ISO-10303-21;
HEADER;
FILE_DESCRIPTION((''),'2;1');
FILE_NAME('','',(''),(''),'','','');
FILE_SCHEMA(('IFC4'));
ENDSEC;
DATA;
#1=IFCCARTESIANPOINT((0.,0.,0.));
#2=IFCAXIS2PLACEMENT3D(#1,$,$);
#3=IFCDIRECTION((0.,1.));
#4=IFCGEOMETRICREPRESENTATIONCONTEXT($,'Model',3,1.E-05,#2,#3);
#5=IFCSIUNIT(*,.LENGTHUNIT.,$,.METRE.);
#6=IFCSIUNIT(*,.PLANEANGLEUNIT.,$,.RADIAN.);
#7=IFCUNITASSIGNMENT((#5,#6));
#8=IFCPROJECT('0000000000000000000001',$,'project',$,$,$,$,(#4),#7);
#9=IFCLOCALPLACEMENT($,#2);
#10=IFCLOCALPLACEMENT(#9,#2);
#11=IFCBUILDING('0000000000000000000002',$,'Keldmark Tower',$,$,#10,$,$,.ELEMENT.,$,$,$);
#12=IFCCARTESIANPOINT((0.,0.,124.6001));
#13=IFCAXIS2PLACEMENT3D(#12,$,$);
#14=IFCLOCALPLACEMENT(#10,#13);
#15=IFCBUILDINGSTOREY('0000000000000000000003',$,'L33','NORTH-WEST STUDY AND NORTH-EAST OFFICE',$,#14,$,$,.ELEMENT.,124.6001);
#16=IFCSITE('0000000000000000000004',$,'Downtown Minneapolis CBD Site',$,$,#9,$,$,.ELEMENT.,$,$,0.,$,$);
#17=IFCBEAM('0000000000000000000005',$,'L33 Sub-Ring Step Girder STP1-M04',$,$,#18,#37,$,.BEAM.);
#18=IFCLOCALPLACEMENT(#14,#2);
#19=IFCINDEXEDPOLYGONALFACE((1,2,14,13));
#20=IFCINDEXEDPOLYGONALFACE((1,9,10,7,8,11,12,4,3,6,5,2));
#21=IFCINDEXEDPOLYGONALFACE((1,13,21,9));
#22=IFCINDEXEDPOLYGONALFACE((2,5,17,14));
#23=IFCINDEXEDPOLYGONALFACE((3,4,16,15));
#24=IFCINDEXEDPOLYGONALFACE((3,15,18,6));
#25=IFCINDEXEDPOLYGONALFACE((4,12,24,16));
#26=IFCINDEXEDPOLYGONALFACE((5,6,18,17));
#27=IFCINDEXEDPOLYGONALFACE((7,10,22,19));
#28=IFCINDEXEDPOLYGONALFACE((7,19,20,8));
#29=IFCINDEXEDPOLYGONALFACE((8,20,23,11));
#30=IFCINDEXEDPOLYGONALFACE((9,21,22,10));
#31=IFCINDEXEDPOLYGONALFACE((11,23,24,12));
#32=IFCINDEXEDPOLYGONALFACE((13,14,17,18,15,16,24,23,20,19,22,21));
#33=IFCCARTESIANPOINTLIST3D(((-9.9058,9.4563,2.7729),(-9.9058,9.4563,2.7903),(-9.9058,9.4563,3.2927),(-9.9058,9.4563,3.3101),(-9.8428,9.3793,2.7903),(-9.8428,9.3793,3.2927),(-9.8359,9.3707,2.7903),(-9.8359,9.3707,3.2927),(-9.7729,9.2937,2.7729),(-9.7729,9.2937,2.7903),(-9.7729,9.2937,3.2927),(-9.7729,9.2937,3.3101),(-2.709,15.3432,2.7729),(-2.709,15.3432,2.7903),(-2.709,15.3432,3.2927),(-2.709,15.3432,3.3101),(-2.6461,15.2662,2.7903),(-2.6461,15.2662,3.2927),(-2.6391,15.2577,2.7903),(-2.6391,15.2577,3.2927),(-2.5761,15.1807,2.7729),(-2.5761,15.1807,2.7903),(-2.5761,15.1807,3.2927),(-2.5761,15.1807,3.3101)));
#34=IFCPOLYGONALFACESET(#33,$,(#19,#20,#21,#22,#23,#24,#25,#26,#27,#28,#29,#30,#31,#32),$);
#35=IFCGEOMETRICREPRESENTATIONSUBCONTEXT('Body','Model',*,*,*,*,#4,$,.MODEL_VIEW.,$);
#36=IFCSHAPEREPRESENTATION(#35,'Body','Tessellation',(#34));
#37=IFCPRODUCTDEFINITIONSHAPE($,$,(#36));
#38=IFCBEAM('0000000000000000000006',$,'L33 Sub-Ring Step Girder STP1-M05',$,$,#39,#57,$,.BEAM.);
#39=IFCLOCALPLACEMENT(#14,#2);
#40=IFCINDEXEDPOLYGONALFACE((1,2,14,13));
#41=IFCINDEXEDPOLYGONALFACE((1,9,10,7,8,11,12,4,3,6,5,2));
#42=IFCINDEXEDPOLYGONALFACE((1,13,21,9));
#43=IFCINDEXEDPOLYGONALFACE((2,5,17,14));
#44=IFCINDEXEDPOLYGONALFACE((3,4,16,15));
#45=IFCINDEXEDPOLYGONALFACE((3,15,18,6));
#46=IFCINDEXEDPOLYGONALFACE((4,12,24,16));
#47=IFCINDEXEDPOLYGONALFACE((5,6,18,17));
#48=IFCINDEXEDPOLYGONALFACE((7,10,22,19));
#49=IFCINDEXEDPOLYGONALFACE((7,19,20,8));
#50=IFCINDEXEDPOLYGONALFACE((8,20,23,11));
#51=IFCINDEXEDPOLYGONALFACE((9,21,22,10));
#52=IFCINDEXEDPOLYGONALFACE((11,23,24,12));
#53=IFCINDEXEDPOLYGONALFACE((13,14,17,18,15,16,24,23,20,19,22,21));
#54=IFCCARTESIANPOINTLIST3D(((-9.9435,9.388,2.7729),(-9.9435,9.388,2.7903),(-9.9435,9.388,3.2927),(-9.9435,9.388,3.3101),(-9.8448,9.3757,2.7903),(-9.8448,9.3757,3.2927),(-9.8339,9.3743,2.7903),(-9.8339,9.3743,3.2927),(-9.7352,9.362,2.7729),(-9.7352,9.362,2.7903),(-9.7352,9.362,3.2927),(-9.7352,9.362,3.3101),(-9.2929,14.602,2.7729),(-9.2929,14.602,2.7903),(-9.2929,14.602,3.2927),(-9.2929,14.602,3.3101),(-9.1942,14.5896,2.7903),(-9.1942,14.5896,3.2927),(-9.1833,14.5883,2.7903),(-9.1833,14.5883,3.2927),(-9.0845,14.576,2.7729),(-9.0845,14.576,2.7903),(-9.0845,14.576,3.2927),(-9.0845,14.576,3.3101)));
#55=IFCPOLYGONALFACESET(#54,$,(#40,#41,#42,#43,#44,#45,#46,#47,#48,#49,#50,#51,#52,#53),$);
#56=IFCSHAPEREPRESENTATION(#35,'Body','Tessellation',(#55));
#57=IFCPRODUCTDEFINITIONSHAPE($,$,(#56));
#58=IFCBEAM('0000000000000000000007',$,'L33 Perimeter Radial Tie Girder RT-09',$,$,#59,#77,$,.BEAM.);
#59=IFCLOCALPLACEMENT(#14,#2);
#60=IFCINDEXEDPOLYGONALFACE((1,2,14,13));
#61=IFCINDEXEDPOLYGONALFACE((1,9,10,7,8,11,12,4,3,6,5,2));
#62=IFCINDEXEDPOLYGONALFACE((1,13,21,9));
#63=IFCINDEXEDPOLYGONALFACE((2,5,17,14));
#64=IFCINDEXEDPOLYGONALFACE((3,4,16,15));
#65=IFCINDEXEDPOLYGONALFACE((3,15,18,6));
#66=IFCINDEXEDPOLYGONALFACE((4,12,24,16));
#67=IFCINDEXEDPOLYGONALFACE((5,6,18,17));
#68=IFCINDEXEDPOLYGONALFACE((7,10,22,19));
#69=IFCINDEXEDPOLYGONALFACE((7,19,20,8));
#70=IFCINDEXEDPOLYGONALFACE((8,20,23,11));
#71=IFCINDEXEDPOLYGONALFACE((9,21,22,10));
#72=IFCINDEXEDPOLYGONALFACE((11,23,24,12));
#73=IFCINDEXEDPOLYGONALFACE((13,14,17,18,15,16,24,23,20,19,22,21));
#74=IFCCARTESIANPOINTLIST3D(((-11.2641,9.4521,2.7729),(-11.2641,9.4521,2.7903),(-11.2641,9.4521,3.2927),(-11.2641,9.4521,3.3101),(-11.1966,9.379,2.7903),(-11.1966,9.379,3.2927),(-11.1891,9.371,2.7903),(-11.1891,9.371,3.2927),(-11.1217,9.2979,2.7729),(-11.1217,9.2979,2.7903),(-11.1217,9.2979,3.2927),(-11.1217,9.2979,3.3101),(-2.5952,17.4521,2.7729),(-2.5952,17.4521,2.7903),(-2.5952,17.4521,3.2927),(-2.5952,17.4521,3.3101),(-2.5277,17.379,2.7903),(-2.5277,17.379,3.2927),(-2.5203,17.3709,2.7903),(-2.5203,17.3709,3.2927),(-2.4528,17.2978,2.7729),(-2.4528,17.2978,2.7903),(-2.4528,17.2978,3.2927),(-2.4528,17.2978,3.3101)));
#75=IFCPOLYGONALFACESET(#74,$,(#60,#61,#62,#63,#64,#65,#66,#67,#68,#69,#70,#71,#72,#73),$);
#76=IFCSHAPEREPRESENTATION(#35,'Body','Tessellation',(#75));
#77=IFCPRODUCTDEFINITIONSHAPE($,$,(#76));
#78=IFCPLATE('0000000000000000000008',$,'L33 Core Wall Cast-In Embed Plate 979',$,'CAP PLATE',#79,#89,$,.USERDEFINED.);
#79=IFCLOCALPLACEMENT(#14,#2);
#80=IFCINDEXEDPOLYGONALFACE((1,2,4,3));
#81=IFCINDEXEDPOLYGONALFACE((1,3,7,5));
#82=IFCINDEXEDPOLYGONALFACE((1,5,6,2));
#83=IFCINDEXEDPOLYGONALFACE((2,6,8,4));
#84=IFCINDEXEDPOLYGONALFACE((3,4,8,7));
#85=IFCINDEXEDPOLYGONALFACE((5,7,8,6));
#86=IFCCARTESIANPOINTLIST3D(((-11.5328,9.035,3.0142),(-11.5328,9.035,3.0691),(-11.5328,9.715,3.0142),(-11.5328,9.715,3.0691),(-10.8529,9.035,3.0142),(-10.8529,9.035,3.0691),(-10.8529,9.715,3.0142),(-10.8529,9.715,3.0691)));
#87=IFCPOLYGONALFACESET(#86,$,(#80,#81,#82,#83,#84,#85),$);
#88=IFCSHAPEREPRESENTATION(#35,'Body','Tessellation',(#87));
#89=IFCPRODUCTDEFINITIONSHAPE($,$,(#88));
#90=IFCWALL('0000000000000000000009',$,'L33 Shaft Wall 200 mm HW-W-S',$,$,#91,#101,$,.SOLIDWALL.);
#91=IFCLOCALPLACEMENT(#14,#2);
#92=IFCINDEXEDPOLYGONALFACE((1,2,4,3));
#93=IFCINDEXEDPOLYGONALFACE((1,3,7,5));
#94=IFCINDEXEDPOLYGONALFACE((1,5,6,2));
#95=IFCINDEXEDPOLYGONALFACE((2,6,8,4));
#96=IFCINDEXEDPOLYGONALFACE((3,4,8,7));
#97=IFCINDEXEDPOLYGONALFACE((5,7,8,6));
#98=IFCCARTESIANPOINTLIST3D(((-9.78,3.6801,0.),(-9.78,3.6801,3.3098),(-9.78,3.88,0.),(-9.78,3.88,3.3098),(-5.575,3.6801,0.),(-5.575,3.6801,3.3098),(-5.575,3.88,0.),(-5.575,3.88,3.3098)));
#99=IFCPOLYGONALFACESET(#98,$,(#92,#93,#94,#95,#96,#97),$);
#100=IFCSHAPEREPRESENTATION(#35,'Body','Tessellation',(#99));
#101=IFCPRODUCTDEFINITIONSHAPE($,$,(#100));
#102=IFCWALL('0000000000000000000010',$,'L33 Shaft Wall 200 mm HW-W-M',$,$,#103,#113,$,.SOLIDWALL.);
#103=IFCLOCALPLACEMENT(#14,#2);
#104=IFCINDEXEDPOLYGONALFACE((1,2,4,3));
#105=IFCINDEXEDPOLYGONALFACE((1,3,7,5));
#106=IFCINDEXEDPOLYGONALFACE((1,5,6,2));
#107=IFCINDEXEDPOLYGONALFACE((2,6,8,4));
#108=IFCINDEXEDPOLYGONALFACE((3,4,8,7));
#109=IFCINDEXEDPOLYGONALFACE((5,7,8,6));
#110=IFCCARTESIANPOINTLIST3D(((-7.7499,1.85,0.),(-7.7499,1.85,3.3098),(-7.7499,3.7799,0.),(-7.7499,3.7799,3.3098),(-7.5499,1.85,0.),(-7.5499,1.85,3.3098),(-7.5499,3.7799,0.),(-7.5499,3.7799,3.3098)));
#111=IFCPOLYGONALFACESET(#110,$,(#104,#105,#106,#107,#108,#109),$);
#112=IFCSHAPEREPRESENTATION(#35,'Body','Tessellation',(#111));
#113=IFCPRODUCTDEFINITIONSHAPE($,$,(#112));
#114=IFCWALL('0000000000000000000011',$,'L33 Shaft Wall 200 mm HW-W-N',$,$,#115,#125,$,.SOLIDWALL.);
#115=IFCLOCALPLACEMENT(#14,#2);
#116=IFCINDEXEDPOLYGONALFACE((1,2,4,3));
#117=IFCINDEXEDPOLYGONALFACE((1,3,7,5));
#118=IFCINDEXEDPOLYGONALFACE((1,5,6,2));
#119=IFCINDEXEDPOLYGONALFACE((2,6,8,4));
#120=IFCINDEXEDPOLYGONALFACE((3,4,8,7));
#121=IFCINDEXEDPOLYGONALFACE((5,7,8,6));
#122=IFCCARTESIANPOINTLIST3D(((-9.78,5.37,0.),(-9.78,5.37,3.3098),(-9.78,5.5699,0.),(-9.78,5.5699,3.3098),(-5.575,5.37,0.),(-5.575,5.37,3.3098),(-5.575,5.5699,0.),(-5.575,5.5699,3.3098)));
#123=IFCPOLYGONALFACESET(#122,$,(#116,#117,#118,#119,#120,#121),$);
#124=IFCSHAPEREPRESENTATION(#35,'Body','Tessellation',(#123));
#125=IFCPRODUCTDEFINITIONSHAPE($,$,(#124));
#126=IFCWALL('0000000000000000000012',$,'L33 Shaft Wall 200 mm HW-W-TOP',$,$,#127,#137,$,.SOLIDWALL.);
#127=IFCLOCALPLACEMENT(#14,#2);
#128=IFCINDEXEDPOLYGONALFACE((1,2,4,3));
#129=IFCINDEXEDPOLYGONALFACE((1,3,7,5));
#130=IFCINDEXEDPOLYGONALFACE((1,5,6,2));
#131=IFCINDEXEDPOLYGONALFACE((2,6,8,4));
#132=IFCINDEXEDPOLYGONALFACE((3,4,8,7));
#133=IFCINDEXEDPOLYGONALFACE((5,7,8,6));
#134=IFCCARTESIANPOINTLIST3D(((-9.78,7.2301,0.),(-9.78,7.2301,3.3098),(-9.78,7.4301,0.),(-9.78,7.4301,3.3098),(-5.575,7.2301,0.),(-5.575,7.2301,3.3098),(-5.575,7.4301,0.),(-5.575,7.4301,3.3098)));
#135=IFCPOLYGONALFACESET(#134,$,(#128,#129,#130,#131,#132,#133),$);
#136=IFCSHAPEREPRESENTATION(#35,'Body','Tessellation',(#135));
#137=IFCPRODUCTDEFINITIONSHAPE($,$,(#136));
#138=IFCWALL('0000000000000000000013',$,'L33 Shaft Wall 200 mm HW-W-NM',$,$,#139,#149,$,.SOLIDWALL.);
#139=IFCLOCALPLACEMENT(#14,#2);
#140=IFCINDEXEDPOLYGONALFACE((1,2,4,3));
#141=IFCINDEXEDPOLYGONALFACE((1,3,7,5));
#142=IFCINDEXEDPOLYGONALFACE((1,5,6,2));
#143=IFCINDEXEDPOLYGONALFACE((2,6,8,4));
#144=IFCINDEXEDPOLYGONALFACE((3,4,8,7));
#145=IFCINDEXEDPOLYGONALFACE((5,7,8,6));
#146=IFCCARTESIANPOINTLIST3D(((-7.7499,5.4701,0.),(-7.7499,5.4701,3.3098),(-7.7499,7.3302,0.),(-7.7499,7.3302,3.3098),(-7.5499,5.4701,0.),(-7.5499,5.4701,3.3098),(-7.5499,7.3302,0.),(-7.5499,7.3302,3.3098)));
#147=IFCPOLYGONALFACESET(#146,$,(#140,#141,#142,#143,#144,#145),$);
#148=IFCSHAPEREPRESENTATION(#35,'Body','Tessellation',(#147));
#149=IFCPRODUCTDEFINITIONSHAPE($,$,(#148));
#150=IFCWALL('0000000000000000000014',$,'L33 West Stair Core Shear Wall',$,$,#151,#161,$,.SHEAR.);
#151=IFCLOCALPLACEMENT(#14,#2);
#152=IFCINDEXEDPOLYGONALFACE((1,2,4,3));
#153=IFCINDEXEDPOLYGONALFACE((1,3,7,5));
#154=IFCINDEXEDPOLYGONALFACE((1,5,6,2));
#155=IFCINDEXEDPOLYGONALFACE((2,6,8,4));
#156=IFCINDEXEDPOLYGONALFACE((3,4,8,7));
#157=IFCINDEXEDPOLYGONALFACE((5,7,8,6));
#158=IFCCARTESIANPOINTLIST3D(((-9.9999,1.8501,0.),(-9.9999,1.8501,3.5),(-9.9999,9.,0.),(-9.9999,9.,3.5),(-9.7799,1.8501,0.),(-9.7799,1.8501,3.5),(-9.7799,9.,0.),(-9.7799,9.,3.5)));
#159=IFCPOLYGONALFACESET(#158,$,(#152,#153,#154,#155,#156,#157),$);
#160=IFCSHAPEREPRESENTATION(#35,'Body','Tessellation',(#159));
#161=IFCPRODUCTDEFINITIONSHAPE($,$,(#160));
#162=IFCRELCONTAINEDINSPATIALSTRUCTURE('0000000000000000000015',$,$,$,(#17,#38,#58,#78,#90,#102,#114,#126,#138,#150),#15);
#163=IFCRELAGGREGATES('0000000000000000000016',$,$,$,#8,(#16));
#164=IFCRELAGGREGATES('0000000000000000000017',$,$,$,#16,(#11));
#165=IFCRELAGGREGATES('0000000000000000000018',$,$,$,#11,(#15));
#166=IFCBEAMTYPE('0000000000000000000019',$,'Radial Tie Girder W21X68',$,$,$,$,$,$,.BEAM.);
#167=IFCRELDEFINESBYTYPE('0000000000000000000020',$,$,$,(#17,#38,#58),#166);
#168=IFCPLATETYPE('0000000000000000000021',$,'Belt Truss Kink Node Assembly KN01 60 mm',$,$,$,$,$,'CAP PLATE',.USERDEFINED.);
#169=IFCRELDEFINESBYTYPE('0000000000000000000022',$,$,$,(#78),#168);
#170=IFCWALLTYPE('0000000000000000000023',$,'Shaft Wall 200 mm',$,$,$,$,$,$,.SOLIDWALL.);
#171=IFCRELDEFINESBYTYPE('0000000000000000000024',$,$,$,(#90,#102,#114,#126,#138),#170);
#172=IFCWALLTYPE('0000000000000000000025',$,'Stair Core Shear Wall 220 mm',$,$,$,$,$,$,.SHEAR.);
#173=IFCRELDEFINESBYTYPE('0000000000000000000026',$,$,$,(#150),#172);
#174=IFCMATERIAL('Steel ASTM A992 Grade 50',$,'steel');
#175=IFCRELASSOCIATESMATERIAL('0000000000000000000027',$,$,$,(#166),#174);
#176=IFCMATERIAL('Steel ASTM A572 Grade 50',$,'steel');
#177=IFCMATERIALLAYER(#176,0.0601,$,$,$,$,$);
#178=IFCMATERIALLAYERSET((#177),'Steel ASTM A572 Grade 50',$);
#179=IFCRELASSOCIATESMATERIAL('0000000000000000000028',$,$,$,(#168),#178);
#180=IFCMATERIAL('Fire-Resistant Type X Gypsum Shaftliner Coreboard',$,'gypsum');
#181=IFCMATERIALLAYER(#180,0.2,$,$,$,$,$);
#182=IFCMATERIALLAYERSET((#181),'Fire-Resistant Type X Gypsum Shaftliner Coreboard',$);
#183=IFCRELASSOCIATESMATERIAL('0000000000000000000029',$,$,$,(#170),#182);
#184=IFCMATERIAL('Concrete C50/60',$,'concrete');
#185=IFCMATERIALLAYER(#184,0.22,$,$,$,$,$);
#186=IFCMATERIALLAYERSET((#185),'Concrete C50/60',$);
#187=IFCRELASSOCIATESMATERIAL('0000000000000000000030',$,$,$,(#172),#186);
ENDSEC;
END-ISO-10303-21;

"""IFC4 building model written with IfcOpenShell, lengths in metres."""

from ifc_helpers import new_model, si_unit, direction, frame, frame_2d, origin, origin_2d, place, context, subcontext, project, spatial, rectangle, i_section, extrude, material, layer, layer_set, material_profile, profile_set, type_object, element, save


model = new_model("IFC4")

# Units and contexts
model_context = context("Model", 3, precision=1e-05, world=origin(), true_north=direction((0.0, 1.0)))
body_context = subcontext(model_context, "Body", "Model", "MODEL_VIEW")
ifc_project = project(units=[si_unit("LENGTHUNIT", "METRE"), si_unit("PLANEANGLEUNIT", "RADIAN")], contexts=[model_context])

# Site, building, storey
site_placement = place(None, origin())
site = spatial("IfcSite", under=ifc_project, at=site_placement, Name="Downtown Minneapolis CBD Site", CompositionType="ELEMENT", RefElevation=0.0)
building_placement = place(site_placement, origin())
building = spatial("IfcBuilding", under=site, at=building_placement, Name="Keldmark Tower", CompositionType="ELEMENT")
storey_placement = place(building_placement, frame((0.0, 0.0, 124.6001)))
storey = spatial("IfcBuildingStorey", under=building, at=storey_placement, Name="L33", Description="NORTH-WEST STUDY AND NORTH-EAST OFFICE", CompositionType="ELEMENT", Elevation=124.6001)

# Beams
ifc_material_1 = material(Name="Steel ASTM A992 Grade 50", Category="steel")
ifc_material_profile = material_profile(ifc_material_1, i_section(OverallWidth=0.21, OverallDepth=0.5371, WebThickness=0.011, FlangeThickness=0.0173, at=origin_2d()), Name="W21X68")
ifc_profile_set = profile_set([ifc_material_profile], Name="Steel ASTM A992 Grade 50")
beam_type = type_object("IfcBeamType", Name="Radial Tie Girder W21X68", PredefinedType="BEAM", material=ifc_profile_set)
beam_1_placement = place(storey_placement, frame((-9.8394, 9.375, 3.0415), z_axis=(0.774026, 0.633153, 0.0), x_axis=(-0.633153, 0.774026, 0.0)))
element("IfcBeam", 1, at=beam_1_placement, inside=storey, type_object=beam_type, Name="L33 Sub-Ring Step Girder STP1-M04", PredefinedType="BEAM", context=body_context, shape_type="SweptSolid", body=[
    extrude(i_section(OverallWidth=0.21, OverallDepth=0.5371, WebThickness=0.011, FlangeThickness=0.0173, at=origin_2d()), origin(), (0.0, 0.0, 1.0), 9.2979),
])
beam_2_placement = place(storey_placement, frame((-9.8394, 9.375, 3.0415), z_axis=(0.123829, 0.992304, 0.0), x_axis=(-0.992304, 0.123829, 0.0)))
element("IfcBeam", 2, at=beam_2_placement, inside=storey, type_object=beam_type, Name="L33 Sub-Ring Step Girder STP1-M05", PredefinedType="BEAM", context=body_context, shape_type="SweptSolid", body=[
    extrude(i_section(OverallWidth=0.21, OverallDepth=0.5371, WebThickness=0.011, FlangeThickness=0.0173, at=origin_2d()), origin(), (0.0, 0.0, 1.0), 5.2544),
])
beam_3_placement = place(storey_placement, frame((-11.1929, 9.375, 3.0415), z_axis=(0.734892, 0.678184, 0.0), x_axis=(-0.678184, 0.734892, 0.0)))
element("IfcBeam", 3, at=beam_3_placement, inside=storey, type_object=beam_type, Name="L33 Perimeter Radial Tie Girder RT-09", PredefinedType="BEAM", context=body_context, shape_type="SweptSolid", body=[
    extrude(i_section(OverallWidth=0.21, OverallDepth=0.5371, WebThickness=0.011, FlangeThickness=0.0173, at=origin_2d()), origin(), (0.0, 0.0, 1.0), 11.7961),
])

# Plate
ifc_material_2 = material(Name="Steel ASTM A572 Grade 50", Category="steel")
ifc_layer_1 = layer(ifc_material_2, 0.0601)
ifc_layer_set_1 = layer_set([ifc_layer_1], Name="Steel ASTM A572 Grade 50")
plate_type = type_object("IfcPlateType", Name="Belt Truss Kink Node Assembly KN01 60 mm", ElementType="CAP PLATE", PredefinedType="USERDEFINED", material=ifc_layer_set_1)
plate_placement = place(storey_placement, frame((-11.1929, 9.375, 3.0142), z_axis=(0.0, 0.0, 1.0), x_axis=(1.0, 0.0, 0.0)))
element("IfcPlate", 4, at=plate_placement, inside=storey, type_object=plate_type, Name="L33 Core Wall Cast-In Embed Plate 979", ObjectType="CAP PLATE", PredefinedType="USERDEFINED", context=body_context, shape_type="SweptSolid", body=[
    extrude(rectangle(XDim=0.6799, YDim=0.6799, at=origin_2d()), origin(), (0.0, 0.0, 1.0), 0.0549),
])

# Walls
ifc_material_3 = material(Name="Fire-Resistant Type X Gypsum Shaftliner Coreboard", Category="gypsum")
ifc_layer_2 = layer(ifc_material_3, 0.2)
ifc_layer_set_2 = layer_set([ifc_layer_2], Name="Fire-Resistant Type X Gypsum Shaftliner Coreboard")
wall_type_1 = type_object("IfcWallType", Name="Shaft Wall 200 mm", PredefinedType="SOLIDWALL", material=ifc_layer_set_2)
wall_1_placement = place(storey_placement, frame((-9.78, 3.78, 0.0), z_axis=(0.0, 0.0, 1.0), x_axis=(1.0, 0.0, 0.0)))
element("IfcWall", 5, at=wall_1_placement, inside=storey, type_object=wall_type_1, Name="L33 Shaft Wall 200 mm HW-W-S", PredefinedType="SOLIDWALL", context=body_context, shape_type="SweptSolid", body=[
    extrude(rectangle(XDim=4.2051, YDim=0.2, at=frame_2d((2.1025, 0.0))), origin(), (0.0, 0.0, 1.0), 3.3098),
])
wall_2_placement = place(storey_placement, frame((-7.6499, 1.8501, 0.0), z_axis=(0.0, 0.0, 1.0), x_axis=(0.0, 1.0, 0.0)))
element("IfcWall", 6, at=wall_2_placement, inside=storey, type_object=wall_type_1, Name="L33 Shaft Wall 200 mm HW-W-M", PredefinedType="SOLIDWALL", context=body_context, shape_type="SweptSolid", body=[
    extrude(rectangle(XDim=1.9299, YDim=0.2, at=frame_2d((0.9648, 0.0))), origin(), (0.0, 0.0, 1.0), 3.3098),
])
for number, where, z_axis, x_axis, name in (
    (7, (-9.78, 5.47, 0.0), (0.0, 0.0, 1.0), (1.0, 0.0, 0.0), "L33 Shaft Wall 200 mm HW-W-N"),
    (8, (-9.78, 7.3301, 0.0), (0.0, 0.0, 1.0), (1.0, 0.0, 0.0), "L33 Shaft Wall 200 mm HW-W-TOP"),
):
    element("IfcWall", number, at=place(storey_placement, frame(where, z_axis=z_axis, x_axis=x_axis)), inside=storey, type_object=wall_type_1, Name=name, PredefinedType="SOLIDWALL", context=body_context, shape_type="SweptSolid", body=[
        extrude(rectangle(XDim=4.2051, YDim=0.2, at=frame_2d((2.1025, 0.0))), origin(), (0.0, 0.0, 1.0), 3.3098),
    ])
wall_3_placement = place(storey_placement, frame((-7.6499, 5.47, 0.0), z_axis=(0.0, 0.0, 1.0), x_axis=(0.0, 1.0, 0.0)))
element("IfcWall", 9, at=wall_3_placement, inside=storey, type_object=wall_type_1, Name="L33 Shaft Wall 200 mm HW-W-NM", PredefinedType="SOLIDWALL", context=body_context, shape_type="SweptSolid", body=[
    extrude(rectangle(XDim=1.8601, YDim=0.2, at=frame_2d((0.9302, 0.0))), origin(), (0.0, 0.0, 1.0), 3.3098),
])
ifc_material_4 = material(Name="Concrete C50/60", Category="concrete")
ifc_layer_3 = layer(ifc_material_4, 0.22)
ifc_layer_set_3 = layer_set([ifc_layer_3], Name="Concrete C50/60")
wall_type_2 = type_object("IfcWallType", Name="Stair Core Shear Wall 220 mm", PredefinedType="SHEAR", material=ifc_layer_set_3)
wall_4_placement = place(storey_placement, frame((-9.8899, 1.8501, 0.0), z_axis=(0.0, 0.0, 1.0), x_axis=(0.0, 1.0, 0.0)))
element("IfcWall", 10, at=wall_4_placement, inside=storey, type_object=wall_type_2, Name="L33 West Stair Core Shear Wall", PredefinedType="SHEAR", context=body_context, shape_type="SweptSolid", body=[
    extrude(rectangle(XDim=7.1499, YDim=0.22, at=frame_2d((3.575, 0.0))), origin(), (0.0, 0.0, 1.0), 3.5),
])

save(model, "model.ifc")
